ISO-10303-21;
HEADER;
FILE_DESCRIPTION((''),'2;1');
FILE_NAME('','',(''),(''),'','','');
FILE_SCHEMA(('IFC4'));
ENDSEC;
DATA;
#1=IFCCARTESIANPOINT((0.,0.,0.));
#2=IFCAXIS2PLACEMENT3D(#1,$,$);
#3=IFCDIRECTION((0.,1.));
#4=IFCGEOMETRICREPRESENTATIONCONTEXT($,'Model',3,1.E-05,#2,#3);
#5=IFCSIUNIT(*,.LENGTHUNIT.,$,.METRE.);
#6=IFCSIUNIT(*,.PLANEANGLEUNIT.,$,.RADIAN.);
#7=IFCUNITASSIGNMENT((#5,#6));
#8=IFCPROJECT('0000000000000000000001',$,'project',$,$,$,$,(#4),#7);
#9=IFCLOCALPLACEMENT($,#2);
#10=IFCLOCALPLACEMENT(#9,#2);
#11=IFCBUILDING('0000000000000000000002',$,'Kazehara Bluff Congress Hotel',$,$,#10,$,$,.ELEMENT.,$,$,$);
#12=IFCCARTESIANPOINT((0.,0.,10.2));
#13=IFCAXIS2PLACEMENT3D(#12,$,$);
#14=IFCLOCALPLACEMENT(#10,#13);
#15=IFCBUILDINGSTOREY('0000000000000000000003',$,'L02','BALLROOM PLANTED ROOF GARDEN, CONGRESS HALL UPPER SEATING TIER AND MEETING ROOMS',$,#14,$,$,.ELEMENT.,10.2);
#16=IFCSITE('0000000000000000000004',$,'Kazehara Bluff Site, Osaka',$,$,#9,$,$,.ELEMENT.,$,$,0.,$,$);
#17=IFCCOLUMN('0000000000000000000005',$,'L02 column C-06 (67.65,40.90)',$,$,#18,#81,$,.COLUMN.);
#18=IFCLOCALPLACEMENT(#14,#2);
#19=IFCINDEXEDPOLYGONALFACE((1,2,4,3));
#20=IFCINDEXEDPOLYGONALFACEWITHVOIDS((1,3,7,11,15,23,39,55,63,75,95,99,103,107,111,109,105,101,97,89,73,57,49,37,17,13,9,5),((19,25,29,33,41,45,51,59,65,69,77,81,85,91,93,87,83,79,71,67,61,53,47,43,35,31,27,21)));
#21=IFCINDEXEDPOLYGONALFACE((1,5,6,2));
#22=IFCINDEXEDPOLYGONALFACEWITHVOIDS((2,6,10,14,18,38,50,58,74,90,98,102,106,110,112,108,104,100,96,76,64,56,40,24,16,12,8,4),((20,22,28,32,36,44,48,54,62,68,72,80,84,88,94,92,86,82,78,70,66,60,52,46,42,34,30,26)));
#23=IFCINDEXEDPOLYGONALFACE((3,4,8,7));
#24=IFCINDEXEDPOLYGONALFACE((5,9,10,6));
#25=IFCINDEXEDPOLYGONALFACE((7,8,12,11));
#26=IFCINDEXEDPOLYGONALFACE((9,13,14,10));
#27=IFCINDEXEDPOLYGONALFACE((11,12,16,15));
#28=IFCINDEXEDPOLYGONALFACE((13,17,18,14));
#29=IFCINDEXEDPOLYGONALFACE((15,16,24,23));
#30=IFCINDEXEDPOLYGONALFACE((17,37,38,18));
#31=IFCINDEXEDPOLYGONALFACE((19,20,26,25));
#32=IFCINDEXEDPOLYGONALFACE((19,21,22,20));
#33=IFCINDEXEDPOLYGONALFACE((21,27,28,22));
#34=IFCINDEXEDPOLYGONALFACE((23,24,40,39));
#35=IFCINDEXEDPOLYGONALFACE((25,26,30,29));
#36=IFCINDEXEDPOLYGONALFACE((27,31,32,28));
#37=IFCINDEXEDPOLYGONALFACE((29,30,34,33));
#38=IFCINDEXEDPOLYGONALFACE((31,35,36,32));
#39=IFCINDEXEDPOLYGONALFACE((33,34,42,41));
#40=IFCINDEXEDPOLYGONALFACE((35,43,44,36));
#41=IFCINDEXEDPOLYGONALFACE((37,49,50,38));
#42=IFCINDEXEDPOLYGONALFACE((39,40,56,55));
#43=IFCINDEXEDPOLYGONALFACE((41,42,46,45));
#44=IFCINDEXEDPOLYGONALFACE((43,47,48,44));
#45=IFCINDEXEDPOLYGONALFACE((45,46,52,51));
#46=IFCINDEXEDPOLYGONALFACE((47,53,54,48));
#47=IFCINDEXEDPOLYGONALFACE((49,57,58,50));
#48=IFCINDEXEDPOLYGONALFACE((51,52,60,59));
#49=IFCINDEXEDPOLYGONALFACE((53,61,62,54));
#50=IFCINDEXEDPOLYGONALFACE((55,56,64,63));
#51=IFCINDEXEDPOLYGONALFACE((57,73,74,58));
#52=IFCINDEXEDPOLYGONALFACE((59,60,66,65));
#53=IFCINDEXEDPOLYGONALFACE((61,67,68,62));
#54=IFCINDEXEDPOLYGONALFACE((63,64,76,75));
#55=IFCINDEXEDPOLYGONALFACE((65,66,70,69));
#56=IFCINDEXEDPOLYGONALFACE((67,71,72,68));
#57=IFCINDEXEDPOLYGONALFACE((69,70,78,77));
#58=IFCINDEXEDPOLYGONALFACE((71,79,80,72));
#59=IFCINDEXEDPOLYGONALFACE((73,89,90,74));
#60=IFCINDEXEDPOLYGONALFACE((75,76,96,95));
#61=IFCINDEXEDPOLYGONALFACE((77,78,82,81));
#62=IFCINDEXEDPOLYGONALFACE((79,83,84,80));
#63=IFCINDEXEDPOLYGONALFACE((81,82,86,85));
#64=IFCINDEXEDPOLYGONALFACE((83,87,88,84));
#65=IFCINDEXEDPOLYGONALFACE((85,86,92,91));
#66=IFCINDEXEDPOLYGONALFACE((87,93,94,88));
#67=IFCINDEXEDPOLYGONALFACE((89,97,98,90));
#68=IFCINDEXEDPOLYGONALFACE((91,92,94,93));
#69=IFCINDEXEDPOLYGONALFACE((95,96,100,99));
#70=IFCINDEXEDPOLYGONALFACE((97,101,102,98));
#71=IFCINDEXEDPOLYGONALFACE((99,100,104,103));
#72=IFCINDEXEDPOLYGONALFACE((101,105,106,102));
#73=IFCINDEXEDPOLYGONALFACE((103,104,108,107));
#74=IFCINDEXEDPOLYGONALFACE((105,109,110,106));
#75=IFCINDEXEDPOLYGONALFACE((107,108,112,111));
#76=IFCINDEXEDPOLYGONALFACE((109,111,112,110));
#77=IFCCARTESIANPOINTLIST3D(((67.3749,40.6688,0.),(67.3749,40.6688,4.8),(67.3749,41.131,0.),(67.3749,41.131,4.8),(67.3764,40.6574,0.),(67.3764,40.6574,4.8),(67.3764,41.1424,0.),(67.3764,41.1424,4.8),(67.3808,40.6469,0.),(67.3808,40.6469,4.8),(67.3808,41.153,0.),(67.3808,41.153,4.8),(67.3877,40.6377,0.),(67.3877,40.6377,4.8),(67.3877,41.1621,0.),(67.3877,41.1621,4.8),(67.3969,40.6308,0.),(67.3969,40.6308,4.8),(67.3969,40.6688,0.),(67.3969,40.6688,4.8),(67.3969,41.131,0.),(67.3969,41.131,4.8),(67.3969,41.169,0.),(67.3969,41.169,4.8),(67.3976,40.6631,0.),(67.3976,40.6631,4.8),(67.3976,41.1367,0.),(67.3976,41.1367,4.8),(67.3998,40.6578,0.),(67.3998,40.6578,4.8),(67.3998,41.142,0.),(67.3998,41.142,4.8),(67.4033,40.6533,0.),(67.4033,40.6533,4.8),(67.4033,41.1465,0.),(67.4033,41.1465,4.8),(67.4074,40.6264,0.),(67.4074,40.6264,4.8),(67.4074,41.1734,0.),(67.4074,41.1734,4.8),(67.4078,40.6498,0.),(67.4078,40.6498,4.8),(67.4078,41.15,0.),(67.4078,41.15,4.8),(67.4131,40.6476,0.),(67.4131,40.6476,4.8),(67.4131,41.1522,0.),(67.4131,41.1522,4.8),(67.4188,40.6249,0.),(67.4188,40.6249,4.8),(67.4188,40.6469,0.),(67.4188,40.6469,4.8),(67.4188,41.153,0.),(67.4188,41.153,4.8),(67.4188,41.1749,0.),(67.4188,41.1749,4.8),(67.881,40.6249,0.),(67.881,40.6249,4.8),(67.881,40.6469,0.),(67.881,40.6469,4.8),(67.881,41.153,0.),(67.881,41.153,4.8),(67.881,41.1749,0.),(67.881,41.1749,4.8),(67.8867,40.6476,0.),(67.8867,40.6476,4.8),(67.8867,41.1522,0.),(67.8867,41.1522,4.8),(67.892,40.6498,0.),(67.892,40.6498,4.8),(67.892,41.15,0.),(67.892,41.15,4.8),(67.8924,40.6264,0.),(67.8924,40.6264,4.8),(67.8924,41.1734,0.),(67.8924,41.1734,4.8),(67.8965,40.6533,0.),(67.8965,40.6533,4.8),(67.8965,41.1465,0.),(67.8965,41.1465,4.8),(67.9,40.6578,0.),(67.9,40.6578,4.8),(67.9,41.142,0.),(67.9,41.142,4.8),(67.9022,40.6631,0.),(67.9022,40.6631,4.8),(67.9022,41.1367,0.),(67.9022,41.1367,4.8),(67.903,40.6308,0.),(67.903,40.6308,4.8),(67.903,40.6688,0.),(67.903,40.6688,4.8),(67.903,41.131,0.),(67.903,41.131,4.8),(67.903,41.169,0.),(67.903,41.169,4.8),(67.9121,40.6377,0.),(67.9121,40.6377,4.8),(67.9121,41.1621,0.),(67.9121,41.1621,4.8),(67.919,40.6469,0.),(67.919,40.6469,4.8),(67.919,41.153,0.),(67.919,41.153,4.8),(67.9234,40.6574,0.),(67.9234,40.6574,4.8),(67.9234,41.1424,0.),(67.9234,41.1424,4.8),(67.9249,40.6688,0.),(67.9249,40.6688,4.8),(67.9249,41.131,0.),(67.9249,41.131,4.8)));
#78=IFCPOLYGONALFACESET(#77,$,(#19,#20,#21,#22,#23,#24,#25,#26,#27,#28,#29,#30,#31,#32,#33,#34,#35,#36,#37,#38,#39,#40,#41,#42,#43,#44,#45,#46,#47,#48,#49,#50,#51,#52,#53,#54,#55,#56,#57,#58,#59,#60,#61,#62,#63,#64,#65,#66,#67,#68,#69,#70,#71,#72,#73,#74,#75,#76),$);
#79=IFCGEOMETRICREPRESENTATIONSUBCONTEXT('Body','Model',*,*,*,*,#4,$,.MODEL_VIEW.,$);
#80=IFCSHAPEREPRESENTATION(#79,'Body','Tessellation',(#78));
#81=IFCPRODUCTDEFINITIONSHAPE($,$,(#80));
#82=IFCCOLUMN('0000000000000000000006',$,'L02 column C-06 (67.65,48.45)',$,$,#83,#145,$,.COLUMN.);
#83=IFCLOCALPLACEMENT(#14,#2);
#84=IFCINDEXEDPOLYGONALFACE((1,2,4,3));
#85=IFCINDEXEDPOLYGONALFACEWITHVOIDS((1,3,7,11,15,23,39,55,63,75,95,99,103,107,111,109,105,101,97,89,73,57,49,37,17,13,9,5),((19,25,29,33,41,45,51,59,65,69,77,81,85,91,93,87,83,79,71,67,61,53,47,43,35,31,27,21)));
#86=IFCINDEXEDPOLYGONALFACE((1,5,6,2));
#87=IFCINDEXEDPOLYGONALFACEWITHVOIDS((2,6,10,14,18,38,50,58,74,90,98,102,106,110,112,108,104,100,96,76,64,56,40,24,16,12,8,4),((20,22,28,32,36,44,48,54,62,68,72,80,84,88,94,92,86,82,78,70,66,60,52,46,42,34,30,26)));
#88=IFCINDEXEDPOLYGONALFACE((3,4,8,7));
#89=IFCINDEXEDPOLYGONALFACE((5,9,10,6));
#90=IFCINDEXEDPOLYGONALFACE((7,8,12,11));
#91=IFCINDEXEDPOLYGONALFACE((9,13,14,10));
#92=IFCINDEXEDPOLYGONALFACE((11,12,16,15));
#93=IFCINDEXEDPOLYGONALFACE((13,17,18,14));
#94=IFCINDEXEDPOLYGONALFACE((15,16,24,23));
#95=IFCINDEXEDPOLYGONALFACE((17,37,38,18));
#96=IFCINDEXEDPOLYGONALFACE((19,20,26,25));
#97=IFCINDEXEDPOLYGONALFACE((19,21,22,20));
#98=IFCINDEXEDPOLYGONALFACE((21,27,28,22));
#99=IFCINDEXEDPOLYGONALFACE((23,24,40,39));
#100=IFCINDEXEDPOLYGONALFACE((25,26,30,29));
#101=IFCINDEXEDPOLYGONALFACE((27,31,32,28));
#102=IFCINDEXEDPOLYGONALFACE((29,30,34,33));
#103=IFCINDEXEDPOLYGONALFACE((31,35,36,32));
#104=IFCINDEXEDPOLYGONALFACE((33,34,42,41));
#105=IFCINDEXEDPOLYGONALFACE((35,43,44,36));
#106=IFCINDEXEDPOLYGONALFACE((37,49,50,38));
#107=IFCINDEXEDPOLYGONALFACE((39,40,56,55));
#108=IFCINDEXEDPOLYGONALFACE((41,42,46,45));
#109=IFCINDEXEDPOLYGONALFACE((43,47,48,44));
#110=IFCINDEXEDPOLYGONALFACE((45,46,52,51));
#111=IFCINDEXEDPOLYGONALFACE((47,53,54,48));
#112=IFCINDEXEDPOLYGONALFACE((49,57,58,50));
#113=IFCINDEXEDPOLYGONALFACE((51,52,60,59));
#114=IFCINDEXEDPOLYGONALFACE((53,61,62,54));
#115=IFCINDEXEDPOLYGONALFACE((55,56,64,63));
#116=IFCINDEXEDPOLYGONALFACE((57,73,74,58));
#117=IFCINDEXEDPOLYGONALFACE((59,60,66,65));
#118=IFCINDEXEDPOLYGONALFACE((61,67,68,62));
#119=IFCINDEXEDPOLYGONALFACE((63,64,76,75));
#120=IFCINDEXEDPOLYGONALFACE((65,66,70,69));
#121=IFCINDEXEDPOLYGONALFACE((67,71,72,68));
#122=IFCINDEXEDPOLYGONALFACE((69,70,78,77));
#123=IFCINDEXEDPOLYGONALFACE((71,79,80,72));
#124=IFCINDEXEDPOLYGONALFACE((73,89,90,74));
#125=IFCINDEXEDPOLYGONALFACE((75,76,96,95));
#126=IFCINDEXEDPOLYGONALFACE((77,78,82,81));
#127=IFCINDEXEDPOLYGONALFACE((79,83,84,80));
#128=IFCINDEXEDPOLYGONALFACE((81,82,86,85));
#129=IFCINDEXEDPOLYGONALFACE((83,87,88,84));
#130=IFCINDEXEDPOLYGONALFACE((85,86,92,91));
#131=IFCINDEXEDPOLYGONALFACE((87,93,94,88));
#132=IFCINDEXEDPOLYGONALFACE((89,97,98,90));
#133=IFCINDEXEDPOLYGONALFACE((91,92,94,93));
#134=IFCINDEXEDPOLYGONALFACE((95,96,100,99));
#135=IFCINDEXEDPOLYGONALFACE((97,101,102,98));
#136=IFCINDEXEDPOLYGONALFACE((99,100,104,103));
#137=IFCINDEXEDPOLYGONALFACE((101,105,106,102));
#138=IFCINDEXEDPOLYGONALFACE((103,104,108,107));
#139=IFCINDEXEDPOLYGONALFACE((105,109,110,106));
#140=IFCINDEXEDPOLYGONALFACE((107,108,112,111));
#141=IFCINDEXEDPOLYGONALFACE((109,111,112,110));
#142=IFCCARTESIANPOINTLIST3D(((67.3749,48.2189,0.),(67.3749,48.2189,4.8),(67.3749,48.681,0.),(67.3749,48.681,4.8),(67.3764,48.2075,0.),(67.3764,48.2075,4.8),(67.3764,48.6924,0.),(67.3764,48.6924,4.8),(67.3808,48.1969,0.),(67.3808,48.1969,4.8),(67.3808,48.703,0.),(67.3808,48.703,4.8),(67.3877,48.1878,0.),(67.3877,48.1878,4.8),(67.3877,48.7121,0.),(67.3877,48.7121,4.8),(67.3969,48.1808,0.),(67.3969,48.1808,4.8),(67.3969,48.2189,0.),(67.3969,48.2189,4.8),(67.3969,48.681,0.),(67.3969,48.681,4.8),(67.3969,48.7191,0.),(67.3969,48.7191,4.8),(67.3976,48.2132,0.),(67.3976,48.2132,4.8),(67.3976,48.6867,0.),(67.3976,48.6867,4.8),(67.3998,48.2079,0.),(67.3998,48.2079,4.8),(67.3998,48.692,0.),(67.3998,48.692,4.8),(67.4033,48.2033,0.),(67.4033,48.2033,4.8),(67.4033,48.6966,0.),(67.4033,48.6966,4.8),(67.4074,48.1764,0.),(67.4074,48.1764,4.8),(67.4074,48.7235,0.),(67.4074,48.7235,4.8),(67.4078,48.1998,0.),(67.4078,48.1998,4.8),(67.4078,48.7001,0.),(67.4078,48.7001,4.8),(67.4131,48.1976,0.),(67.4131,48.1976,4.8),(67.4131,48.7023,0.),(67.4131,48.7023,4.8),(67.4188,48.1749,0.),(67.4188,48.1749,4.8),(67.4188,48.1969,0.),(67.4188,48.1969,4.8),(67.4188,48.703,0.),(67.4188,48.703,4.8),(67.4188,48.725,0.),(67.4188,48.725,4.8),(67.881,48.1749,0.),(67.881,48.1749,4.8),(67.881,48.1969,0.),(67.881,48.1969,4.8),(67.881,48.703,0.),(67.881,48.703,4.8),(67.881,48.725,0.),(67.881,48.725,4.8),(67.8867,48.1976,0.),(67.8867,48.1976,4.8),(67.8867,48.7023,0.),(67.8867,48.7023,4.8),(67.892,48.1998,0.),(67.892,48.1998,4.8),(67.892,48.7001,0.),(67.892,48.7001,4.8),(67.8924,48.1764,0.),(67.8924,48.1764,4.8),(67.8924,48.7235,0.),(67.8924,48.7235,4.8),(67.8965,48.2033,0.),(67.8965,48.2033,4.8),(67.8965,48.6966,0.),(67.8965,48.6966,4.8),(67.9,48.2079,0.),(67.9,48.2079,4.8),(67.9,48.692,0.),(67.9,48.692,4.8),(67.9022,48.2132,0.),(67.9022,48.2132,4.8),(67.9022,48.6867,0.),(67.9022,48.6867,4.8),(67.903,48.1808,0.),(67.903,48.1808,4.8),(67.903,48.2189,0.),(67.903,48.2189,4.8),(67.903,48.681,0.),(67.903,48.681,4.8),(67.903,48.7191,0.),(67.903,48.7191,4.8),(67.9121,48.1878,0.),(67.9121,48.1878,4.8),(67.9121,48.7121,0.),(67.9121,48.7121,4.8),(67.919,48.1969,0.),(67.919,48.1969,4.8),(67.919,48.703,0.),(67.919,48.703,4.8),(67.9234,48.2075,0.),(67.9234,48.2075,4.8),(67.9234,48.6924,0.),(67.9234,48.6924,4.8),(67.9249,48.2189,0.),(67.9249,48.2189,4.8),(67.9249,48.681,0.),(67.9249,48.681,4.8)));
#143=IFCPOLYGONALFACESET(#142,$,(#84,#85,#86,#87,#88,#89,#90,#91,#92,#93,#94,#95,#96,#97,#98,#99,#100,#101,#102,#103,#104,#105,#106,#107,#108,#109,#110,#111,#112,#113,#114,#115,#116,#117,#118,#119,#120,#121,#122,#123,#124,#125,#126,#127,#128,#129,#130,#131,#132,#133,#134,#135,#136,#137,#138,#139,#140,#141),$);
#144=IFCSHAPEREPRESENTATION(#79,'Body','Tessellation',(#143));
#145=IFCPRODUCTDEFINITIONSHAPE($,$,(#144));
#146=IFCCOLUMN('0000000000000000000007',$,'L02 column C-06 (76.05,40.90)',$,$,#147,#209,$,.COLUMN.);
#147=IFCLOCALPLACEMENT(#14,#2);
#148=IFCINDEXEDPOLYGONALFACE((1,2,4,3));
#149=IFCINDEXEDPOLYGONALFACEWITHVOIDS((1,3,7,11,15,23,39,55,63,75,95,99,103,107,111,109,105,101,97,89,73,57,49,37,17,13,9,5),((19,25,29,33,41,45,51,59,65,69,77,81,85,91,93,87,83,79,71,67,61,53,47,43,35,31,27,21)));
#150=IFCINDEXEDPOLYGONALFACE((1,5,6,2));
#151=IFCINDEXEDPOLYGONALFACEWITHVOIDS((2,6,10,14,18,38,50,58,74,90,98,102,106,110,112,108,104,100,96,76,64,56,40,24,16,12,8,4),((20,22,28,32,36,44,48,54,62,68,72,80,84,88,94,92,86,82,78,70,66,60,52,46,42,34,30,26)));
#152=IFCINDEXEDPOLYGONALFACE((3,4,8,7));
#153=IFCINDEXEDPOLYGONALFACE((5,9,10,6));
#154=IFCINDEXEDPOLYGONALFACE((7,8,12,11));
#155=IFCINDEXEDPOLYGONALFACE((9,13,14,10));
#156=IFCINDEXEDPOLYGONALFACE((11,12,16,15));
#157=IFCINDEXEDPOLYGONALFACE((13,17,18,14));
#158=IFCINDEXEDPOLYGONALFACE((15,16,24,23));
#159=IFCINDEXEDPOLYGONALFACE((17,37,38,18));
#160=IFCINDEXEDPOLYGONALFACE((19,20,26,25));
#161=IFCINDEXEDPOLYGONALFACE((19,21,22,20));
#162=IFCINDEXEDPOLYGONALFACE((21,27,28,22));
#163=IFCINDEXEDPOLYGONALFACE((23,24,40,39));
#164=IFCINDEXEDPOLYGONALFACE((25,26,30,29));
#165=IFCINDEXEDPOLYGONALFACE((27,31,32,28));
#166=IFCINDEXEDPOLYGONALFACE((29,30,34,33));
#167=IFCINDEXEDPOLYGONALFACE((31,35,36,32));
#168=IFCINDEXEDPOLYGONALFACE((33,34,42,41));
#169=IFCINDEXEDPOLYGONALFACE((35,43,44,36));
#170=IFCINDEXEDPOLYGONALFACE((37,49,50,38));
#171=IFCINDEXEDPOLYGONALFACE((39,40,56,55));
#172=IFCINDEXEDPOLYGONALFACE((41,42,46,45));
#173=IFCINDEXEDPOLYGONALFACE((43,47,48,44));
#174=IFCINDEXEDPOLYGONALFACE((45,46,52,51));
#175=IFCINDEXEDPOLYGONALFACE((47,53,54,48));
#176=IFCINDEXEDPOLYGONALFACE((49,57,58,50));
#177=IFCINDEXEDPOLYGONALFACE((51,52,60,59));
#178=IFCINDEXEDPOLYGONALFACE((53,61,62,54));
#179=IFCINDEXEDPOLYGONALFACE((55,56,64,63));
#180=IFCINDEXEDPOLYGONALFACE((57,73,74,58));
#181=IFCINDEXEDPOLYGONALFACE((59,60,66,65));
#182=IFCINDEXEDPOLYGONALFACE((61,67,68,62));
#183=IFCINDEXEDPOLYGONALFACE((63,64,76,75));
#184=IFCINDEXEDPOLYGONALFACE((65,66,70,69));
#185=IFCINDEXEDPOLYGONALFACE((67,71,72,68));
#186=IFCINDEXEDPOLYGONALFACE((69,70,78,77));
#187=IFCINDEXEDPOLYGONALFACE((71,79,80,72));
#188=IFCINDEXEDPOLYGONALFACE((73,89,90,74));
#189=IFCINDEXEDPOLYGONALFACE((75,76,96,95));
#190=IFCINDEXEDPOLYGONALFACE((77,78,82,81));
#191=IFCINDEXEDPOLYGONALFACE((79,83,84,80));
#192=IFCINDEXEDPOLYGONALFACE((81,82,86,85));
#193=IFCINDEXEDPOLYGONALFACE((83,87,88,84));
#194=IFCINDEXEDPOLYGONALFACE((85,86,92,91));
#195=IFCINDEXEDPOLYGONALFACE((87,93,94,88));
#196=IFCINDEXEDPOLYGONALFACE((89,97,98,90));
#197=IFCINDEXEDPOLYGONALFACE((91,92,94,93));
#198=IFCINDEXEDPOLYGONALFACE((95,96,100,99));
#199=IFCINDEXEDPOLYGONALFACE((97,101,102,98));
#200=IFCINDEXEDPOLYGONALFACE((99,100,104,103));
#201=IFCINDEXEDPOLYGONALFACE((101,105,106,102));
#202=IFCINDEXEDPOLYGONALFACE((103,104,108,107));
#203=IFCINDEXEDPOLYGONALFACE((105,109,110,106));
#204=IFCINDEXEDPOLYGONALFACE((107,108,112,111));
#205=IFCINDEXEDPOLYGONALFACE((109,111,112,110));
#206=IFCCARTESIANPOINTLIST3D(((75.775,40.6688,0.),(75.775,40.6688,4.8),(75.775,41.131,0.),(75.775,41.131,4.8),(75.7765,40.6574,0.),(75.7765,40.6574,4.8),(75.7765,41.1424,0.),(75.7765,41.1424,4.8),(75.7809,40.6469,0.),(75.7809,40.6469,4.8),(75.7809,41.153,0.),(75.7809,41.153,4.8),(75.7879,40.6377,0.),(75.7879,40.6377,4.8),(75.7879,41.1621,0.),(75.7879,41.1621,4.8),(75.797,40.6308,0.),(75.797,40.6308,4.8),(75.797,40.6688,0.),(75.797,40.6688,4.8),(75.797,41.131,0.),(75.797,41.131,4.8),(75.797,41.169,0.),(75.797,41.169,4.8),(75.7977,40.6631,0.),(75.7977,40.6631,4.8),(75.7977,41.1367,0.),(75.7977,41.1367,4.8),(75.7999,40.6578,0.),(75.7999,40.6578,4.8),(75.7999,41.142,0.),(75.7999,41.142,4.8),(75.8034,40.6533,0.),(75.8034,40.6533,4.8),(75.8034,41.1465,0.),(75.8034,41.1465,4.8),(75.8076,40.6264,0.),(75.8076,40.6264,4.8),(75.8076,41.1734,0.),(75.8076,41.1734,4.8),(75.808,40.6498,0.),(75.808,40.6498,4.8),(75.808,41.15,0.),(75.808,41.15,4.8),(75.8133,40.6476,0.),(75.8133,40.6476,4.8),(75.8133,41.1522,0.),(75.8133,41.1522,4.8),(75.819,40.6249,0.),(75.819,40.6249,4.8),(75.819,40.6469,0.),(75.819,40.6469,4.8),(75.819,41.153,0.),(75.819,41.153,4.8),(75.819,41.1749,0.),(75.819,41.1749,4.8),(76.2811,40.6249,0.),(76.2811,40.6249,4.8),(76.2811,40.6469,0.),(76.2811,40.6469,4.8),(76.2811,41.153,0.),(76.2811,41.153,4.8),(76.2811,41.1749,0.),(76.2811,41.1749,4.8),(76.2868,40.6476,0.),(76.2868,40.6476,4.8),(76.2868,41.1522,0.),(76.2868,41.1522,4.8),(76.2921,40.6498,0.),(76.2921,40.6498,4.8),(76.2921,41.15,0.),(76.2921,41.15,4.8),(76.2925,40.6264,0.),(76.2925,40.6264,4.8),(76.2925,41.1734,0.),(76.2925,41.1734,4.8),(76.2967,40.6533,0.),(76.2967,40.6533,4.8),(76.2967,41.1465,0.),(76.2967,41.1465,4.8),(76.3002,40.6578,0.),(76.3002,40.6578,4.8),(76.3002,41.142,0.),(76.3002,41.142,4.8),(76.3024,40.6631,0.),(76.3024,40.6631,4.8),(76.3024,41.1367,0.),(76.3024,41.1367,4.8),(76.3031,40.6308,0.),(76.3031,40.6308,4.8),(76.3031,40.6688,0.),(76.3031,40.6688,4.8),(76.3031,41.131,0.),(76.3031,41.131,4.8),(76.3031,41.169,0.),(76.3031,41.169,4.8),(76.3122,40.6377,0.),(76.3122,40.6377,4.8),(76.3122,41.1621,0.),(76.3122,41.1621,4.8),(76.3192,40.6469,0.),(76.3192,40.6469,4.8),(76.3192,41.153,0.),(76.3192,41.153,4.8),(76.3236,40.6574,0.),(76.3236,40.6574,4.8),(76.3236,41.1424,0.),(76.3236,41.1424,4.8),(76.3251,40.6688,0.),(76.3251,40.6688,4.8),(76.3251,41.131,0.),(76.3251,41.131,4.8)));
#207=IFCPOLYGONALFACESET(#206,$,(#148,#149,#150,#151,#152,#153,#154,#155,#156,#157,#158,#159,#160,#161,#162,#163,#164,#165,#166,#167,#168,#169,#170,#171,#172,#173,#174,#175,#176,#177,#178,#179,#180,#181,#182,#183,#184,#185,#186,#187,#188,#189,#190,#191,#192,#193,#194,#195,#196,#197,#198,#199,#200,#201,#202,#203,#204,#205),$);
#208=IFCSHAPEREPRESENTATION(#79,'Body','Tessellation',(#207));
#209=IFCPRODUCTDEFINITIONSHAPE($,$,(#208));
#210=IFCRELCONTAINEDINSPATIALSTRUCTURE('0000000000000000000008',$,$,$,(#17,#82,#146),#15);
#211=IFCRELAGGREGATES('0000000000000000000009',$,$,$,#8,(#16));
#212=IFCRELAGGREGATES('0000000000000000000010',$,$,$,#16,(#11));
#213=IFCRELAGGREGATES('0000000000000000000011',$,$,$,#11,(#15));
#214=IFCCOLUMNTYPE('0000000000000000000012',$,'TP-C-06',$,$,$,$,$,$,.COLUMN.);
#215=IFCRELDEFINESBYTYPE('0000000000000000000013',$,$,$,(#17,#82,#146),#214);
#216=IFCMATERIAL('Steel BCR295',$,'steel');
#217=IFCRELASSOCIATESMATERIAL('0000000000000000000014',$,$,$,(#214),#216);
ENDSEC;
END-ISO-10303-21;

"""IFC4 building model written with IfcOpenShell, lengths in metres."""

from ifc_helpers import new_model, si_unit, direction, frame, origin, origin_2d, place, context, subcontext, project, spatial, hollow_rectangle, extrude, material, material_profile, profile_set, type_object, element, save


model = new_model("IFC4")

# Units and contexts
model_context = context("Model", 3, precision=1e-05, world=origin(), true_north=direction((0.0, 1.0)))
body_context = subcontext(model_context, "Body", "Model", "MODEL_VIEW")
ifc_project = project(units=[si_unit("LENGTHUNIT", "METRE"), si_unit("PLANEANGLEUNIT", "RADIAN")], contexts=[model_context])

# Site, building, storey
site_placement = place(None, origin())
site = spatial("IfcSite", under=ifc_project, at=site_placement, Name="Kazehara Bluff Site, Osaka", CompositionType="ELEMENT", RefElevation=0.0)
building_placement = place(site_placement, origin())
building = spatial("IfcBuilding", under=site, at=building_placement, Name="Kazehara Bluff Congress Hotel", CompositionType="ELEMENT")
storey_placement = place(building_placement, frame((0.0, 0.0, 10.2)))
storey = spatial("IfcBuildingStorey", under=building, at=storey_placement, Name="L02", Description="BALLROOM PLANTED ROOF GARDEN, CONGRESS HALL UPPER SEATING TIER AND MEETING ROOMS", CompositionType="ELEMENT", Elevation=10.2)

# Columns
ifc_material_1 = material(Name="Steel BCR295", Category="steel")
ifc_material_profile_1 = material_profile(ifc_material_1, hollow_rectangle(XDim=0.55, YDim=0.55, WallThickness=0.022, InnerFilletRadius=0.022, OuterFilletRadius=0.0439, at=origin_2d()))
ifc_profile_set_1 = profile_set([ifc_material_profile_1], Name="Steel BCR295")
column_type = type_object("IfcColumnType", Name="TP-C-06", PredefinedType="COLUMN", material=ifc_profile_set_1)
for number, where, z_axis, x_axis, name in (
    (1, (67.6499, 40.8999, 0.0), (0.0, 0.0, 1.0), (1.0, 0.0, 0.0), "L02 column C-06 (67.65,40.90)"),
    (2, (67.6499, 48.45, 0.0), (0.0, 0.0, 1.0), (1.0, 0.0, 0.0), "L02 column C-06 (67.65,48.45)"),
    (3, (76.05, 40.8999, 0.0), (0.0, 0.0, 1.0), (1.0, 0.0, 0.0), "L02 column C-06 (76.05,40.90)"),
):
    element("IfcColumn", number, at=place(storey_placement, frame(where, z_axis=z_axis, x_axis=x_axis)), inside=storey, type_object=column_type, Name=name, PredefinedType="COLUMN", context=body_context, shape_type="SweptSolid", body=[
        extrude(hollow_rectangle(XDim=0.55, YDim=0.55, WallThickness=0.022, InnerFilletRadius=0.022, OuterFilletRadius=0.0439, at=origin_2d()), origin(), (0.0, 0.0, 1.0), 4.8),
    ])

save(model, "model.ifc")
